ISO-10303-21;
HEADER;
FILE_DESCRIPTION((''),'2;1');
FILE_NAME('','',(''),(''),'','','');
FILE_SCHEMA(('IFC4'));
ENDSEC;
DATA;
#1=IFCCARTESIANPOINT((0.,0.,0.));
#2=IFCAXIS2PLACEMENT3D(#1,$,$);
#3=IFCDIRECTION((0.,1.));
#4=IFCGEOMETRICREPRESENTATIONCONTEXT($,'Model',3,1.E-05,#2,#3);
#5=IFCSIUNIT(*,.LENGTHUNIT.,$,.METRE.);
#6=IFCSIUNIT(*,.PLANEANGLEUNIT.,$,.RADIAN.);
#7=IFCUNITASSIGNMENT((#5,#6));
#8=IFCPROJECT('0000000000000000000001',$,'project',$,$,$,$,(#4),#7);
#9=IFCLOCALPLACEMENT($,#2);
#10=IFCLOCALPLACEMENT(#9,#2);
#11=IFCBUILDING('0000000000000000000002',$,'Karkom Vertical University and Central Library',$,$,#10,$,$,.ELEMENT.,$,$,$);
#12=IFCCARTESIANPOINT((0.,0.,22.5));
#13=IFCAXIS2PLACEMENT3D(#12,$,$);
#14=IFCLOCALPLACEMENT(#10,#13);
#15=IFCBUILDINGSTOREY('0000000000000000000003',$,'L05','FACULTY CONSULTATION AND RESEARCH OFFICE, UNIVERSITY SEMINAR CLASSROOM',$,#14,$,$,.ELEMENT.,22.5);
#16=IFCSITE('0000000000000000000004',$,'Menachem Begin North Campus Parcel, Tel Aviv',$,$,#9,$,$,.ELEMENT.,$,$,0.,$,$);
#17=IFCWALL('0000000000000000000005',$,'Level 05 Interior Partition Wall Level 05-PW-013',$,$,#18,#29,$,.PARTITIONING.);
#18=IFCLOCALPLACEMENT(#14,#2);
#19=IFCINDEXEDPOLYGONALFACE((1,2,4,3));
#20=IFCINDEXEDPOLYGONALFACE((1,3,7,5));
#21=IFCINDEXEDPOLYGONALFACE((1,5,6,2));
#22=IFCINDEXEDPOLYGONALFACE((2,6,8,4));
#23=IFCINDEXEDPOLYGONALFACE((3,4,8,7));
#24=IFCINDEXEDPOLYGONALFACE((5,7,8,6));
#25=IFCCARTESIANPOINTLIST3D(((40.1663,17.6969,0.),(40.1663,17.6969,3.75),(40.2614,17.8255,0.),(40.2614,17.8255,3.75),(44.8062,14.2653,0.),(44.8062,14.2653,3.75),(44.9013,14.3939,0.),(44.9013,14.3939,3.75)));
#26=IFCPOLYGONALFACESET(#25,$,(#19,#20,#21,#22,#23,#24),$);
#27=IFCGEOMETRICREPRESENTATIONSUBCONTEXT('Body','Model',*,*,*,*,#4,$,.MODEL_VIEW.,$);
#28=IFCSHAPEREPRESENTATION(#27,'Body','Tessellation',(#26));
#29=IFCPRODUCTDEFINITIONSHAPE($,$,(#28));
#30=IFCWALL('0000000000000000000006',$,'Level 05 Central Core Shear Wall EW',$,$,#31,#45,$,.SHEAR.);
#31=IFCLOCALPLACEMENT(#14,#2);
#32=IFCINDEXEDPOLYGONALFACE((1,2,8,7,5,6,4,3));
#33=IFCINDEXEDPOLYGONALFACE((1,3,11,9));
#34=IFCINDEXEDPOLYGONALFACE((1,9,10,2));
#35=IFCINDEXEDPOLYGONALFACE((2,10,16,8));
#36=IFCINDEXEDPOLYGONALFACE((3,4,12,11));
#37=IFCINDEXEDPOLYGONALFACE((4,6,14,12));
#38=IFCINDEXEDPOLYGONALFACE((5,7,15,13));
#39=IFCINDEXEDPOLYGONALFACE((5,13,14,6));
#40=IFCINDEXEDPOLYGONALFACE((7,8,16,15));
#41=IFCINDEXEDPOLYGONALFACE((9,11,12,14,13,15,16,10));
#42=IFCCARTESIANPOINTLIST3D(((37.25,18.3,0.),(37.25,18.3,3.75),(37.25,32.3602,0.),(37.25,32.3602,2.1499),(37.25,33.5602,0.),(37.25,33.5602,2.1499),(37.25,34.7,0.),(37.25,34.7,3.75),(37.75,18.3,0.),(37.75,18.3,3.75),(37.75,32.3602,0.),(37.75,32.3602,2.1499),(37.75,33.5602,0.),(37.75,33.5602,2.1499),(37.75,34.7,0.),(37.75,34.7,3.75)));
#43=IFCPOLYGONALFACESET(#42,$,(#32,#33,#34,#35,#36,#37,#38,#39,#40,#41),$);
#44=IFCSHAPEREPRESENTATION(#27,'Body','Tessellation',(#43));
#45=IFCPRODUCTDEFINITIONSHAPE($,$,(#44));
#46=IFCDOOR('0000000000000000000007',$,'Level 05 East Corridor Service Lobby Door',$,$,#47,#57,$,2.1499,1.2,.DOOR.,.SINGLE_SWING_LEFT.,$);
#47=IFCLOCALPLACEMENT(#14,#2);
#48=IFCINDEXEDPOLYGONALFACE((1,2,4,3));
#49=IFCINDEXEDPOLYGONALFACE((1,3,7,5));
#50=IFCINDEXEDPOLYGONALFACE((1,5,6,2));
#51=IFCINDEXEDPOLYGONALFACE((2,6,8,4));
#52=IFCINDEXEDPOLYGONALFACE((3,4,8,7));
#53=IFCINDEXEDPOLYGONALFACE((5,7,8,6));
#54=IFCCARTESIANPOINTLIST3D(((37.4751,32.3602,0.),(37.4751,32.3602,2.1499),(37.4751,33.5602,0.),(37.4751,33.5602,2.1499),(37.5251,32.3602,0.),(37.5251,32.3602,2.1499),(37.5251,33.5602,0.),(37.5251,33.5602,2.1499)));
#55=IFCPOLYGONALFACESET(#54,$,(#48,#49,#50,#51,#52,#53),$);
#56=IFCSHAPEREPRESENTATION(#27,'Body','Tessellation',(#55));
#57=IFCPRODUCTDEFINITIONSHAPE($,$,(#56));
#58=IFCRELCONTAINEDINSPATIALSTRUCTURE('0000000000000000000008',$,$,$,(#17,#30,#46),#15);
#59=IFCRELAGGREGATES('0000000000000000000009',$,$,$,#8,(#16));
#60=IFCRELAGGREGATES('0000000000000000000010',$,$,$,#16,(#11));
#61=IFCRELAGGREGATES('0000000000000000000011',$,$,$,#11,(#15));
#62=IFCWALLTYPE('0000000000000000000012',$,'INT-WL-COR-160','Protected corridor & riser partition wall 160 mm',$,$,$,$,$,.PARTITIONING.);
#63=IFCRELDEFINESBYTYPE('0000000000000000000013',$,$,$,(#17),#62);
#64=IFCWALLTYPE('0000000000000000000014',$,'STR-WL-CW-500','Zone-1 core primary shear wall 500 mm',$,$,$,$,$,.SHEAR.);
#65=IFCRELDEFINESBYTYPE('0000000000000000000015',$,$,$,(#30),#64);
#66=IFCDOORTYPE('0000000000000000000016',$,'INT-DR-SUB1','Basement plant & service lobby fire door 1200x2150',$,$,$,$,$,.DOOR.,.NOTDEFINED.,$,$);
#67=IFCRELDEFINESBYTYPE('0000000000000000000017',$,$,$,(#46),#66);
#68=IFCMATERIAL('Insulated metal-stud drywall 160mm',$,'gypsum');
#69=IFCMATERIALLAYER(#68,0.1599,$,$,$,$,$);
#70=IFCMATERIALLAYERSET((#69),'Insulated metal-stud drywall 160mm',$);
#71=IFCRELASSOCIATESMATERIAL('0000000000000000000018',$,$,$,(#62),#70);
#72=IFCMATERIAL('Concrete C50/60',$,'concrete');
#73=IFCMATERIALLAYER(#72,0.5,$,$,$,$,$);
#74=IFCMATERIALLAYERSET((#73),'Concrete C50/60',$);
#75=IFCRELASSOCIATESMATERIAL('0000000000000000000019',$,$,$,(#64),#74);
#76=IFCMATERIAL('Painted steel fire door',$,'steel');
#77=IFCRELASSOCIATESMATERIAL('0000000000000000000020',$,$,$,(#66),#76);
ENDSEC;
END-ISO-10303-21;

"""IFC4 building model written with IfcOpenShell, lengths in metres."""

from ifc_helpers import new_model, si_unit, direction, frame, frame_2d, origin, origin_with_axes, place, context, subcontext, project, spatial, rectangle, extrude, source, transform, mapped, material, layer, layer_set, type_object, element, fill, save


model = new_model("IFC4")

# Units and contexts
model_context = context("Model", 3, precision=1e-05, world=origin(), true_north=direction((0.0, 1.0)))
body_context = subcontext(model_context, "Body", "Model", "MODEL_VIEW")
ifc_project = project(units=[si_unit("LENGTHUNIT", "METRE"), si_unit("PLANEANGLEUNIT", "RADIAN")], contexts=[model_context])

# Site, building, storey
site_placement = place(None, origin())
site = spatial("IfcSite", under=ifc_project, at=site_placement, Name="Menachem Begin North Campus Parcel, Tel Aviv", CompositionType="ELEMENT", RefElevation=0.0)
building_placement = place(site_placement, origin())
building = spatial("IfcBuilding", under=site, at=building_placement, Name="Karkom Vertical University and Central Library", CompositionType="ELEMENT")
storey_placement = place(building_placement, frame((0.0, 0.0, 22.5)))
storey = spatial("IfcBuildingStorey", under=building, at=storey_placement, Name="L05", Description="FACULTY CONSULTATION AND RESEARCH OFFICE, UNIVERSITY SEMINAR CLASSROOM", CompositionType="ELEMENT", Elevation=22.5)

# Shared definitions
ifc_material_1 = material(Name="Concrete C50/60", Category="concrete")

# Shared definitions
ifc_material_2 = material(Name="Insulated metal-stud drywall 160mm", Category="gypsum")
ifc_layer_1 = layer(ifc_material_2, 0.1599)
ifc_layer_set_1 = layer_set([ifc_layer_1], Name="Insulated metal-stud drywall 160mm")
wall_type_1 = type_object("IfcWallType", Name="INT-WL-COR-160", Description="Protected corridor & riser partition wall 160 mm", PredefinedType="PARTITIONING", material=ifc_layer_set_1)

# Wall
wall_1_placement = place(storey_placement, frame((40.2139, 17.7612, 0.0), z_axis=(0.0, 0.0, 1.0), x_axis=(0.803998, -0.594633, 0.0)))
element("IfcWall", 1, at=wall_1_placement, inside=storey, type_object=wall_type_1, Name="Level 05 Interior Partition Wall Level 05-PW-013", PredefinedType="PARTITIONING", context=body_context, shape_type="SweptSolid", body=[
    extrude(rectangle(XDim=5.771, YDim=0.1599, at=frame_2d((2.8855, 0.0))), origin(), (0.0, 0.0, 1.0), 3.75),
])

# Wall, opening, door
ifc_layer_2 = layer(ifc_material_1, 0.5)
ifc_layer_set_2 = layer_set([ifc_layer_2], Name="Concrete C50/60")
wall_type_2 = type_object("IfcWallType", Name="STR-WL-CW-500", Description="Zone-1 core primary shear wall 500 mm", PredefinedType="SHEAR", material=ifc_layer_set_2)
wall_2_placement = place(storey_placement, frame((37.5, 18.3, 0.0), z_axis=(0.0, 0.0, 1.0), x_axis=(0.0, 1.0, 0.0)))
wall_2 = element("IfcWall", 2, at=wall_2_placement, inside=storey, type_object=wall_type_2, Name="Level 05 Central Core Shear Wall EW", PredefinedType="SHEAR", context=body_context, shape_type="SweptSolid", body=[
    extrude(rectangle(XDim=16.3999, YDim=0.5, at=frame_2d((8.2, 0.0))), origin(), (0.0, 0.0, 1.0), 3.75),
])
opening_1_placement = place(wall_2_placement, frame((14.0601, 0.0, 0.0)))
opening_1 = element("IfcOpeningElement", 3, at=opening_1_placement, cuts=wall_2, PredefinedType="OPENING", context=body_context, shape_type="SweptSolid", body=[
    extrude(rectangle(XDim=1.2, YDim=2.1499, at=frame_2d((0.6001, 1.075))), frame((0.0, 0.26, 0.0), z_axis=(0.0, -1.0, 0.0), x_axis=(1.0, 0.0, 0.0)), (0.0, 0.0, 1.0), 0.52),
])
ifc_material_3 = material(Name="Painted steel fire door", Category="steel")
door_type_1 = type_object("IfcDoorType", Name="INT-DR-SUB1", Description="Basement plant & service lobby fire door 1200x2150", OperationType="NOTDEFINED", PredefinedType="DOOR", material=ifc_material_3)
shared_shape_1 = source(origin_with_axes(), body_context, "Body", "SweptSolid", [
    extrude(rectangle(XDim=1.2, YDim=2.1499, at=frame_2d((0.6001, 1.075))), frame((0.0, 0.0249, 0.0), z_axis=(0.0, -1.0, 0.0), x_axis=(1.0, 0.0, 0.0)), (0.0, 0.0, 1.0), 0.05),
])
door_1_placement = place(opening_1_placement, origin())
door_1 = element("IfcDoor", 4, at=door_1_placement, inside=storey, type_object=door_type_1, Name="Level 05 East Corridor Service Lobby Door", OperationType="SINGLE_SWING_LEFT", OverallHeight=2.1499, OverallWidth=1.2, PredefinedType="DOOR", context=body_context, shape_type="MappedRepresentation", body=[
    mapped(shared_shape_1, transform((0.0, 0.0, 0.0), scale=1.0)),
])
fill(opening_1, door_1)

save(model, "model.ifc")
